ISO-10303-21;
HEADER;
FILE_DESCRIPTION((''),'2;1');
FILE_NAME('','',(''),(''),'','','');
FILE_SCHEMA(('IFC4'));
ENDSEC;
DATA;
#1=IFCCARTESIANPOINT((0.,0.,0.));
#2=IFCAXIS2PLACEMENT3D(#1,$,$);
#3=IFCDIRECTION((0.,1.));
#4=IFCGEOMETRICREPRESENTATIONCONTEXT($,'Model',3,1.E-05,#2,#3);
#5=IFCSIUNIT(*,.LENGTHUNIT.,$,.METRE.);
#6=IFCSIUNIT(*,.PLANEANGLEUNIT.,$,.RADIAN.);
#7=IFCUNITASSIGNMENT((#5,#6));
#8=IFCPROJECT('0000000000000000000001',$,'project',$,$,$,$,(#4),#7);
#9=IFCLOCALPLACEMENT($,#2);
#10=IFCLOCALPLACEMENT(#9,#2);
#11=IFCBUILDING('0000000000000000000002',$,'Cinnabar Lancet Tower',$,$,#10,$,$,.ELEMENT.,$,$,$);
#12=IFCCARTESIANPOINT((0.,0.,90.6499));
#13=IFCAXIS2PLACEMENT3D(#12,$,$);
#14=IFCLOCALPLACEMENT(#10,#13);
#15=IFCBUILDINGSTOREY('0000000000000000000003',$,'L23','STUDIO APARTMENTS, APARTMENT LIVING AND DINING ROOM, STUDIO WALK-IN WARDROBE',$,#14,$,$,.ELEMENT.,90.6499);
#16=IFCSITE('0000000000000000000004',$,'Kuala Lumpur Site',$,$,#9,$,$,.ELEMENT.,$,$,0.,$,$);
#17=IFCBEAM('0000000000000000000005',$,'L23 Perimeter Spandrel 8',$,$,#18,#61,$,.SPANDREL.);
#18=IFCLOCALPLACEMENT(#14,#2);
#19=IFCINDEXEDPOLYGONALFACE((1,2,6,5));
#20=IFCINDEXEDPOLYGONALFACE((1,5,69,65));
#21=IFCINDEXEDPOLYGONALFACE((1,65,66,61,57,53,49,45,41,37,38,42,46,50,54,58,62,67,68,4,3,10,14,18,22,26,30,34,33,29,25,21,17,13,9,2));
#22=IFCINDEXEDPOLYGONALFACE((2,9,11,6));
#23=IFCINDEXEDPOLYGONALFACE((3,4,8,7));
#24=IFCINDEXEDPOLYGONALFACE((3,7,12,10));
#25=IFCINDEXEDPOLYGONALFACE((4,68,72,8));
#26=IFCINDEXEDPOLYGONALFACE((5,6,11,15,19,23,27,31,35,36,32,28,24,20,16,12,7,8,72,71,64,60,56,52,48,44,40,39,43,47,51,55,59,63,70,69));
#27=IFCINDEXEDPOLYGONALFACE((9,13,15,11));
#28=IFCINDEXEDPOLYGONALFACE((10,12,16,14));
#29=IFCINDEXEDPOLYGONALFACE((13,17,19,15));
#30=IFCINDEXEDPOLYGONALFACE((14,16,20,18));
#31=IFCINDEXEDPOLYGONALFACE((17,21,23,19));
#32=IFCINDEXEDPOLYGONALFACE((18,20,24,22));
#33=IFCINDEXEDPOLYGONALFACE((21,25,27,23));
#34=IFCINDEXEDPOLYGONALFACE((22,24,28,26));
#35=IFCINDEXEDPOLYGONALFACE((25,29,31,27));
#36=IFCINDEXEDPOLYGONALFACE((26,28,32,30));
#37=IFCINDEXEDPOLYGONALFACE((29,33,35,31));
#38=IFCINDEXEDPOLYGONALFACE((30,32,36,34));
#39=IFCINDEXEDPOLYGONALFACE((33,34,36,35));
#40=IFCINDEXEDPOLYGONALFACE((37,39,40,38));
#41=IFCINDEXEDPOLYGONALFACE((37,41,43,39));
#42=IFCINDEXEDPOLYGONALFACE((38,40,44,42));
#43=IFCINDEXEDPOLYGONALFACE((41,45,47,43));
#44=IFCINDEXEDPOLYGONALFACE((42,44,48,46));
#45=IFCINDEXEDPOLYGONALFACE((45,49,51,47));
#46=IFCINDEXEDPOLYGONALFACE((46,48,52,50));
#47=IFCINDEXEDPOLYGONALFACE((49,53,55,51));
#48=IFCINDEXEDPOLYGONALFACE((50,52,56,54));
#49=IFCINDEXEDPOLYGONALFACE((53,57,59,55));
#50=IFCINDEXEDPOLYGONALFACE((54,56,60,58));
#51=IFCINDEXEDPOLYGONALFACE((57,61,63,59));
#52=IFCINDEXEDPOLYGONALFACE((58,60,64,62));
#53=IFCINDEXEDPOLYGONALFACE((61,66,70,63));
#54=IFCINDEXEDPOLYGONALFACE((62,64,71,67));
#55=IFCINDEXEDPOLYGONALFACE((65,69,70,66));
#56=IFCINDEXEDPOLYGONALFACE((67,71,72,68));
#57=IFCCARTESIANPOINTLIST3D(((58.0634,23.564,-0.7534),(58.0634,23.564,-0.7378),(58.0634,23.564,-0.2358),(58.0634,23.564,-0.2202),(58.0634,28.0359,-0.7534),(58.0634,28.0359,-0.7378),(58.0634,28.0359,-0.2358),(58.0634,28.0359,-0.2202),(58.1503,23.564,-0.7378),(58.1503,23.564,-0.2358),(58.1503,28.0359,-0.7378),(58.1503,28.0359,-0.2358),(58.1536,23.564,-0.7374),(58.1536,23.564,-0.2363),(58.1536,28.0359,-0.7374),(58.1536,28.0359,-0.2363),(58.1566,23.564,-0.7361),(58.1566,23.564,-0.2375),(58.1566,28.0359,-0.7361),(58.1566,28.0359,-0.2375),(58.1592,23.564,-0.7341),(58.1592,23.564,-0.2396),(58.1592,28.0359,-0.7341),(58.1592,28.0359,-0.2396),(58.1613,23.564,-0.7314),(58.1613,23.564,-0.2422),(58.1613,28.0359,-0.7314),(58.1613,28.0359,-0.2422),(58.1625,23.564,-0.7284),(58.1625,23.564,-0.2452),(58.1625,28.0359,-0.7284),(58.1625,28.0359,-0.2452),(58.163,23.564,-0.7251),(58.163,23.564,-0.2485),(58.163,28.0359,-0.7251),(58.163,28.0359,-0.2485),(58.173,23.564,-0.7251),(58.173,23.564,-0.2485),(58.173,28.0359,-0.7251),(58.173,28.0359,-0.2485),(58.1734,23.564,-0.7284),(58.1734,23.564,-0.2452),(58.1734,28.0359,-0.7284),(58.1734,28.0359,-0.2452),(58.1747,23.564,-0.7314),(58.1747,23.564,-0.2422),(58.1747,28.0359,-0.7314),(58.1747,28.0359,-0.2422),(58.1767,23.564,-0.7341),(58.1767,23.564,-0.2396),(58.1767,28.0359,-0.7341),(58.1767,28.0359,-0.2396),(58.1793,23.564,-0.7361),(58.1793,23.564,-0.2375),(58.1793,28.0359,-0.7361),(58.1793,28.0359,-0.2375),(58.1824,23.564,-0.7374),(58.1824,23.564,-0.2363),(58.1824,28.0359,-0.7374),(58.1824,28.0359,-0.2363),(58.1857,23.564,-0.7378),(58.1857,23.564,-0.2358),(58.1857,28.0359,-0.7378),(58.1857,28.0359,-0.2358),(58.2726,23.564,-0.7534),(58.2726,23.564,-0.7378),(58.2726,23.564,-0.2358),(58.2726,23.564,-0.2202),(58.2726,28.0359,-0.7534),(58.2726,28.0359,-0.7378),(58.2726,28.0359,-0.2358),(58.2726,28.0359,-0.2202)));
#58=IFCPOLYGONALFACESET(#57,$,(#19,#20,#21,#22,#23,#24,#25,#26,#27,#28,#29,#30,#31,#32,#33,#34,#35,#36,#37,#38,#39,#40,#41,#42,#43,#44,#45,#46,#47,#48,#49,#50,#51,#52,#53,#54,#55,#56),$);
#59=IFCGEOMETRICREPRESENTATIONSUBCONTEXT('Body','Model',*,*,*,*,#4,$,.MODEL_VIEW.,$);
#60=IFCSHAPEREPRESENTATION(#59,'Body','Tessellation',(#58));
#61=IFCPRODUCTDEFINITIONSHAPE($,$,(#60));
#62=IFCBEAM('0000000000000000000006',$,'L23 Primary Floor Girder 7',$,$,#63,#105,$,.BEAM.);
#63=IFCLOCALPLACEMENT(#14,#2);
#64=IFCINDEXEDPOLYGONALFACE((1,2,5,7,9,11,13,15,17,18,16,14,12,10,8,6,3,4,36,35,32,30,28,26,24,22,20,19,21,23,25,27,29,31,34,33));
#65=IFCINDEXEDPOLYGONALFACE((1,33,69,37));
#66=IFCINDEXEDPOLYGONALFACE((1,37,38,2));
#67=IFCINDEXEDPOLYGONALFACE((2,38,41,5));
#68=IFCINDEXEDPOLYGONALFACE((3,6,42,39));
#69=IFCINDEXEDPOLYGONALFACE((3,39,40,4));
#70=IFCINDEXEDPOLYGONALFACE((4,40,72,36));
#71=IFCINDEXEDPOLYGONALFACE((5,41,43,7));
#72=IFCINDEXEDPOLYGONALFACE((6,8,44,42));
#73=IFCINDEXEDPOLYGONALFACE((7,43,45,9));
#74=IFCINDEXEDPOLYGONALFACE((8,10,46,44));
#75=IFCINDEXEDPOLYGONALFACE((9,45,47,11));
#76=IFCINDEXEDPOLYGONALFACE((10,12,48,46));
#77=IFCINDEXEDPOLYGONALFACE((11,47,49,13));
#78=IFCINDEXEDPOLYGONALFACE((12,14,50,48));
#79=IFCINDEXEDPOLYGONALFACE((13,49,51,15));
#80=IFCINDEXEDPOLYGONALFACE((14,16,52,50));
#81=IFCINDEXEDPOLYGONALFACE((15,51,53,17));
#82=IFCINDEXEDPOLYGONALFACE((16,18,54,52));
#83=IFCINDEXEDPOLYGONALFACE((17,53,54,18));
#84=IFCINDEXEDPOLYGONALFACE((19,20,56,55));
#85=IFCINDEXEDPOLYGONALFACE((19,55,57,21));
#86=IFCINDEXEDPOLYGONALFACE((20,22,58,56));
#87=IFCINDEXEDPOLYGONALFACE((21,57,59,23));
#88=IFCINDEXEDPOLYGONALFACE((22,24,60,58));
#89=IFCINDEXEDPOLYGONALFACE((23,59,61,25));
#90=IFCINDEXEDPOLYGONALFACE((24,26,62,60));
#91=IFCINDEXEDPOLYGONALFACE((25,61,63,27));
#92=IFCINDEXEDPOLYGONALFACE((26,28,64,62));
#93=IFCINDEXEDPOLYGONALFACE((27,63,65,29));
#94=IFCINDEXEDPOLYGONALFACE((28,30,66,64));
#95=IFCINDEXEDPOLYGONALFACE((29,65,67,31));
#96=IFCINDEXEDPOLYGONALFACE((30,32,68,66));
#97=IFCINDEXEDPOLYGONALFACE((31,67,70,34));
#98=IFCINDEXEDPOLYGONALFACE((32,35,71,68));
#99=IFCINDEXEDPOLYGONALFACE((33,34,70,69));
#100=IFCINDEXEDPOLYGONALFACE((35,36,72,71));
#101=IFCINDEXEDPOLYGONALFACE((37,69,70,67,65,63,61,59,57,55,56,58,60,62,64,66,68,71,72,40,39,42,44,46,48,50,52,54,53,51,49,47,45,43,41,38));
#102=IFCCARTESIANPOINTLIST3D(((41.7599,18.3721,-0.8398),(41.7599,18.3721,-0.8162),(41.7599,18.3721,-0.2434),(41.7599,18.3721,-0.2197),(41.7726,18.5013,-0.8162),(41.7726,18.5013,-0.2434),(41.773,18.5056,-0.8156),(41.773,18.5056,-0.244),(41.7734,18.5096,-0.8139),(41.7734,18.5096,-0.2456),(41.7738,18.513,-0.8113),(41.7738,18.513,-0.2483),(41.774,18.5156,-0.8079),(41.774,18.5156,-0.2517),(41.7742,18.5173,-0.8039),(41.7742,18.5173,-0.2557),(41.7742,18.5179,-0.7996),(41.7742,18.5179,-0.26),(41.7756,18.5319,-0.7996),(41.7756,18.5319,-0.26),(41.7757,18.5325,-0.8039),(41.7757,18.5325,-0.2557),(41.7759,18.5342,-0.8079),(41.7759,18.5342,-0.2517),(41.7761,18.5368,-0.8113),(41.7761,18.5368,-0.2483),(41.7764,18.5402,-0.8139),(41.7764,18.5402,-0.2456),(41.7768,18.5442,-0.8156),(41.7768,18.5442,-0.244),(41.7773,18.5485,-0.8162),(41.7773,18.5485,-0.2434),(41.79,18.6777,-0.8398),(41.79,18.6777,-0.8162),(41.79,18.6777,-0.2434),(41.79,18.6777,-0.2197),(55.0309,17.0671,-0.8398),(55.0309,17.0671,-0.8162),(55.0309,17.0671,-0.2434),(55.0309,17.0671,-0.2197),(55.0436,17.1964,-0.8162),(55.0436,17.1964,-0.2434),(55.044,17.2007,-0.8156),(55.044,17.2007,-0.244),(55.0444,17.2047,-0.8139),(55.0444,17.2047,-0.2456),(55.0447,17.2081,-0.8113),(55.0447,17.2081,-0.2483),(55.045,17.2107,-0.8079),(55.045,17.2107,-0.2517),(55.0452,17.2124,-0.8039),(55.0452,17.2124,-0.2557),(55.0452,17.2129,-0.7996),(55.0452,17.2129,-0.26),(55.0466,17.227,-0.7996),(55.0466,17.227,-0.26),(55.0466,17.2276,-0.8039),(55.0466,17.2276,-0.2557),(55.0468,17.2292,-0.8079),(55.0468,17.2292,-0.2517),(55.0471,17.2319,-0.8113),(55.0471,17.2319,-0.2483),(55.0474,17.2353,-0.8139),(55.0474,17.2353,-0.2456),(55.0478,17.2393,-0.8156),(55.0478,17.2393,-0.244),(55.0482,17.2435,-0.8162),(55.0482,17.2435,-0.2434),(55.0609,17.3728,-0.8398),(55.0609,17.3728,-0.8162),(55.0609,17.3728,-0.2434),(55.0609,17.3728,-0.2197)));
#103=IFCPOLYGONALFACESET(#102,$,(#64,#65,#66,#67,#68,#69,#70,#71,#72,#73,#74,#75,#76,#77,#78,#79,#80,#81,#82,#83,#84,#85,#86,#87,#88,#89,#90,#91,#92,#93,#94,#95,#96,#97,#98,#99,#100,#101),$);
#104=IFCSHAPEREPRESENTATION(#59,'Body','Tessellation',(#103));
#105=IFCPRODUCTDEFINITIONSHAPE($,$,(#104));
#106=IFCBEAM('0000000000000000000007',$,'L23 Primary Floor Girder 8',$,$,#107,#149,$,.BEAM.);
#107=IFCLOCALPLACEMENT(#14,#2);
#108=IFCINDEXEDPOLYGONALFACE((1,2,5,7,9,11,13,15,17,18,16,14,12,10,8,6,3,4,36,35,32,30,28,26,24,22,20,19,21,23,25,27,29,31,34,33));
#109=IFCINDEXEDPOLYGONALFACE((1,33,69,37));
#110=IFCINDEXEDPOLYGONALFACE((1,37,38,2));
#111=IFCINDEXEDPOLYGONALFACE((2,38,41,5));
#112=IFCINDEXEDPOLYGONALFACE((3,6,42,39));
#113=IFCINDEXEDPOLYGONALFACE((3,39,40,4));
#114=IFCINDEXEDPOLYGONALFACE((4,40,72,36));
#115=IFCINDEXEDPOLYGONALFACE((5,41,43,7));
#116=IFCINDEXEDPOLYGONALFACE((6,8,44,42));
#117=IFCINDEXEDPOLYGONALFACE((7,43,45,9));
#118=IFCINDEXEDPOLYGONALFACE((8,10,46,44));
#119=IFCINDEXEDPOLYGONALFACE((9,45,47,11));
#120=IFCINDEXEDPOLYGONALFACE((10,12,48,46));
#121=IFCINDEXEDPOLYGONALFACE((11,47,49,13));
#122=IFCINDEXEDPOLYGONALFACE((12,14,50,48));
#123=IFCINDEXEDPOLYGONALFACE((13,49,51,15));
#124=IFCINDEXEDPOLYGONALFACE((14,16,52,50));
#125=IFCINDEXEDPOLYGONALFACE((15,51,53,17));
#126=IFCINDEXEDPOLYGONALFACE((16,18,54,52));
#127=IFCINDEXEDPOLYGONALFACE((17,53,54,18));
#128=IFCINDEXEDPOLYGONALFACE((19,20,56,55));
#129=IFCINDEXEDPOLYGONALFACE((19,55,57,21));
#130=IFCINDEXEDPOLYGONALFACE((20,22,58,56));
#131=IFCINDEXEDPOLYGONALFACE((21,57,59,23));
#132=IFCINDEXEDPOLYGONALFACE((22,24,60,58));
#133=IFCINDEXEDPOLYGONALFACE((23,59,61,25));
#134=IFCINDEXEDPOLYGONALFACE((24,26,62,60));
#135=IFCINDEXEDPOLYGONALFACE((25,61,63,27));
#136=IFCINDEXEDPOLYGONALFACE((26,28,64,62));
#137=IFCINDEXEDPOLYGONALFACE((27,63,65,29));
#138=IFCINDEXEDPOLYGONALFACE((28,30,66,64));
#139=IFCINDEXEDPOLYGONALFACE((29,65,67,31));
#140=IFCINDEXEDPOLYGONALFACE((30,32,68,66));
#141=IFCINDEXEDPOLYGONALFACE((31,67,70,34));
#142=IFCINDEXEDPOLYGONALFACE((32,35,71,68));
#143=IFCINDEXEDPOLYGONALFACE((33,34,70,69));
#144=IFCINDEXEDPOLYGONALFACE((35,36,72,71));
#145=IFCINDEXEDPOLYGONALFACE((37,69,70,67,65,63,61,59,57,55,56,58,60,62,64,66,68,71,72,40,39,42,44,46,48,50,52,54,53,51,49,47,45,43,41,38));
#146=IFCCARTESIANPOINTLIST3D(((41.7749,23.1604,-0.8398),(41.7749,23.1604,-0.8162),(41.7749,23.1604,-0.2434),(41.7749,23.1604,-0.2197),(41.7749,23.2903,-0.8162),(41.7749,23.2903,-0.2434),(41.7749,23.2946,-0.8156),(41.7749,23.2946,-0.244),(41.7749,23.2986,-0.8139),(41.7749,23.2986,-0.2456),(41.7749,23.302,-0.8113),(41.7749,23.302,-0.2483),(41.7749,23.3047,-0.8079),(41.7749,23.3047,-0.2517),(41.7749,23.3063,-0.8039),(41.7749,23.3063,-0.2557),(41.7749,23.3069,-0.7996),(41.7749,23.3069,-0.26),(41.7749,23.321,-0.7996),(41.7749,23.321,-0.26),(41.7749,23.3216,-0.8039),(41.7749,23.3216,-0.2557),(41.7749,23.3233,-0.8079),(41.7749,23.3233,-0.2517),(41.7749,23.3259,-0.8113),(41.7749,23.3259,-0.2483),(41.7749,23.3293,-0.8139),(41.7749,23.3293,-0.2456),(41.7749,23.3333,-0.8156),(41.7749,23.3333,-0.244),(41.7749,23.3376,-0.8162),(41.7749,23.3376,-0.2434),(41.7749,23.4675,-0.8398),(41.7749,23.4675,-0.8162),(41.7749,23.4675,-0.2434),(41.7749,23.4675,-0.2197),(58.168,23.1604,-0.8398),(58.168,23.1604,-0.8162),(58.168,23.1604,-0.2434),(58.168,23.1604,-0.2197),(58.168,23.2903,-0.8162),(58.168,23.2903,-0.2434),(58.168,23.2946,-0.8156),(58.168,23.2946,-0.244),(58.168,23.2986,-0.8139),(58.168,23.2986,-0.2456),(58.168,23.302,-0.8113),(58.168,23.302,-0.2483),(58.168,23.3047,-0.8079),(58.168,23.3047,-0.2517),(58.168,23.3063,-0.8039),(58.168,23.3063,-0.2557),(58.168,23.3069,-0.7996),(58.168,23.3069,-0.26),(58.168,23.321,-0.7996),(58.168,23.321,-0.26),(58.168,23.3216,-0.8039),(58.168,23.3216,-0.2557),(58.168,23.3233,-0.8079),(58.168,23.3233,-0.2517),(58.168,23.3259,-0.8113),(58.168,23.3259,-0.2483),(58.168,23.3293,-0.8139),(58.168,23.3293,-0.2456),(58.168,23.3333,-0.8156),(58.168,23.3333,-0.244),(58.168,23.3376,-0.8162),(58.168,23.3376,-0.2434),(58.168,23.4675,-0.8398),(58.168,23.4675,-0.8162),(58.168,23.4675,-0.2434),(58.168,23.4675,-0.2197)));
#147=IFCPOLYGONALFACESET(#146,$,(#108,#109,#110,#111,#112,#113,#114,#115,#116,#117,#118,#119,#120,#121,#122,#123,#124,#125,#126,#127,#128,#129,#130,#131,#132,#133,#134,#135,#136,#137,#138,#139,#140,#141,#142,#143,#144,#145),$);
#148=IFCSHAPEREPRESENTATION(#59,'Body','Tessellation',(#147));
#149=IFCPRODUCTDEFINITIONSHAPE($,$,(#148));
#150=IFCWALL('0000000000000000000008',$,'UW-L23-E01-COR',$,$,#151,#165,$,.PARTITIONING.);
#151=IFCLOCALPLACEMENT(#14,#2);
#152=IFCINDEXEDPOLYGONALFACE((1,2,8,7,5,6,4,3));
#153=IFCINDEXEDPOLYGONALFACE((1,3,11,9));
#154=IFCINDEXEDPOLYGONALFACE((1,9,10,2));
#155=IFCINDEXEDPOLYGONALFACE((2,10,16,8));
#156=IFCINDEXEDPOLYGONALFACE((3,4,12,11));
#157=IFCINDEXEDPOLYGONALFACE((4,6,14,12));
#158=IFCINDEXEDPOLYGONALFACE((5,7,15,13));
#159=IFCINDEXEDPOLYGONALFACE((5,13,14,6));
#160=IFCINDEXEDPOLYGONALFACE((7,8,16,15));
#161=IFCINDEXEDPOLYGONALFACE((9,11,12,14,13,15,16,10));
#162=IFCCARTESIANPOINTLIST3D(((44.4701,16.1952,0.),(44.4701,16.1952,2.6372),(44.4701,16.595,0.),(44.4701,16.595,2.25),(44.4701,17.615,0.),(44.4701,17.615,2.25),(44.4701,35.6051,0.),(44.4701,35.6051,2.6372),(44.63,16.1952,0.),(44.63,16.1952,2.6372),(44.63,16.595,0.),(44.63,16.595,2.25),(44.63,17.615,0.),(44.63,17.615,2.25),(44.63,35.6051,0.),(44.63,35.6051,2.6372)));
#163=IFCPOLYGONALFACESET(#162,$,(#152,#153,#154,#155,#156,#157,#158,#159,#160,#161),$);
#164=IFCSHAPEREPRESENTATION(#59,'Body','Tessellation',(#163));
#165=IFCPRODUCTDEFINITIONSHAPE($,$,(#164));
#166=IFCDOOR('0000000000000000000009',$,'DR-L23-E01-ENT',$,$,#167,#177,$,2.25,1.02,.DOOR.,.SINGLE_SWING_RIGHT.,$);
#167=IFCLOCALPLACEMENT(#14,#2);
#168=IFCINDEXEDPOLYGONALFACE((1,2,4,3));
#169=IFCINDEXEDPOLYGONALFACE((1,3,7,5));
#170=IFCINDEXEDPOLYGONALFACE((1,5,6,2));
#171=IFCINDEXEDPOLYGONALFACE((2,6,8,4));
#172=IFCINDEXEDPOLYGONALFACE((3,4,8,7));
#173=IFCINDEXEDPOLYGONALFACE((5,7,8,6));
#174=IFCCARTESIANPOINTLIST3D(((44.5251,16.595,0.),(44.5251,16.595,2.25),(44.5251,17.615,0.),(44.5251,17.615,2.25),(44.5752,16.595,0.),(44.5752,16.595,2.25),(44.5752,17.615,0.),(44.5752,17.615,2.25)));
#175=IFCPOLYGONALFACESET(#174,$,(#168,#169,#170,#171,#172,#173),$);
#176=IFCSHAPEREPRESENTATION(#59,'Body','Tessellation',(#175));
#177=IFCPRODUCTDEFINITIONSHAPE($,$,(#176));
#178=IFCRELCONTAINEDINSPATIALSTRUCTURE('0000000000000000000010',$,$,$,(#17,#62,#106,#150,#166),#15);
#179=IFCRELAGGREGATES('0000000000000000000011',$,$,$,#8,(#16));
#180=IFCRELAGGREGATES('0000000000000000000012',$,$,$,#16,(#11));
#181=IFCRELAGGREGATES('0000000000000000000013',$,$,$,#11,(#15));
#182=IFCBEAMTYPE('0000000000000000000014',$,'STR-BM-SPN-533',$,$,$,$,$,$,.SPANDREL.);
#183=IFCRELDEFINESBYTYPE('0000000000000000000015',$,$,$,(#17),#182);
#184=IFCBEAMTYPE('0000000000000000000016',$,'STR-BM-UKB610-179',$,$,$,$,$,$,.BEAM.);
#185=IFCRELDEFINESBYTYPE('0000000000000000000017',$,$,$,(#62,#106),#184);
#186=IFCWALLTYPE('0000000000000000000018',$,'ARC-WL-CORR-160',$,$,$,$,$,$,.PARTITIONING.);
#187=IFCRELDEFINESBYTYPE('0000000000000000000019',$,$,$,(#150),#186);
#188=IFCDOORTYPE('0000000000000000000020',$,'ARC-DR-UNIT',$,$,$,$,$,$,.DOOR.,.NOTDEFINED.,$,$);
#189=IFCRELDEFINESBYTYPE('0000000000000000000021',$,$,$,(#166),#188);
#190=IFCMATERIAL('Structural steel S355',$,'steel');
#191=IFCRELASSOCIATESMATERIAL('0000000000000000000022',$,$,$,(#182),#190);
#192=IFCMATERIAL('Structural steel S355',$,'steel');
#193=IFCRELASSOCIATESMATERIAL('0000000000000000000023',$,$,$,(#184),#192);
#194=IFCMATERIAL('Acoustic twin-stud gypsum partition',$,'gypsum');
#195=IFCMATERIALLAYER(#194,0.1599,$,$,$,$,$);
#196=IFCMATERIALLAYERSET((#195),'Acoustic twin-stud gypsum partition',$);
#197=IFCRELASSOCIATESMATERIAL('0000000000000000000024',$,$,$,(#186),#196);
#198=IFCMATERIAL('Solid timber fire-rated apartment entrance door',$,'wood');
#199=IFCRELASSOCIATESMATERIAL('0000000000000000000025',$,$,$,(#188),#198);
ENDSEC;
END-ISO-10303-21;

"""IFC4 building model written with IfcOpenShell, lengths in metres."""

from ifc_helpers import new_model, si_unit, direction, frame, frame_2d, origin, origin_2d, place, context, subcontext, project, spatial, rectangle, i_section, extrude, material, layer, layer_set, material_profile, profile_set, type_object, element, fill, save


model = new_model("IFC4")

# Units and contexts
model_context = context("Model", 3, precision=1e-05, world=origin(), true_north=direction((0.0, 1.0)))
body_context = subcontext(model_context, "Body", "Model", "MODEL_VIEW")
ifc_project = project(units=[si_unit("LENGTHUNIT", "METRE"), si_unit("PLANEANGLEUNIT", "RADIAN")], contexts=[model_context])

# Site, building, storey
site_placement = place(None, origin())
site = spatial("IfcSite", under=ifc_project, at=site_placement, Name="Kuala Lumpur Site", CompositionType="ELEMENT", RefElevation=0.0)
building_placement = place(site_placement, origin())
building = spatial("IfcBuilding", under=site, at=building_placement, Name="Cinnabar Lancet Tower", CompositionType="ELEMENT")
storey_placement = place(building_placement, frame((0.0, 0.0, 90.6499)))
storey = spatial("IfcBuildingStorey", under=building, at=storey_placement, Name="L23", Description="STUDIO APARTMENTS, APARTMENT LIVING AND DINING ROOM, STUDIO WALK-IN WARDROBE", CompositionType="ELEMENT", Elevation=90.6499)

# Beams
ifc_material_1 = material(Name="Structural steel S355", Category="steel")
ifc_material_profile_1 = material_profile(ifc_material_1, i_section(OverallWidth=0.2092, OverallDepth=0.5332, WebThickness=0.01, FlangeThickness=0.0156, FilletRadius=0.0127, at=origin_2d()), Name="UKB 533x210x92")
ifc_profile_set_1 = profile_set([ifc_material_profile_1], Name="Structural steel S355")
beam_type_1 = type_object("IfcBeamType", Name="STR-BM-SPN-533", PredefinedType="SPANDREL", material=ifc_profile_set_1)
beam_1_placement = place(storey_placement, frame((58.168, 23.564, -0.4868), z_axis=(0.0, 1.0, 0.0), x_axis=(-1.0, 0.0, 0.0)))
element("IfcBeam", 1, at=beam_1_placement, inside=storey, type_object=beam_type_1, Name="L23 Perimeter Spandrel 8", PredefinedType="SPANDREL", context=body_context, shape_type="SweptSolid", body=[
    extrude(i_section(OverallWidth=0.2092, OverallDepth=0.5332, WebThickness=0.01, FlangeThickness=0.0156, FilletRadius=0.0127, at=origin_2d()), origin(), (0.0, 0.0, 1.0), 4.4719),
])
ifc_material_2 = material(Name="Structural steel S355", Category="steel")
ifc_material_profile_2 = material_profile(ifc_material_2, i_section(OverallWidth=0.3071, OverallDepth=0.6201, WebThickness=0.0142, FlangeThickness=0.0237, FilletRadius=0.0166, at=origin_2d()), Name="UKB 610x305x179")
ifc_profile_set_2 = profile_set([ifc_material_profile_2], Name="Structural steel S355")
beam_type_2 = type_object("IfcBeamType", Name="STR-BM-UKB610-179", PredefinedType="BEAM", material=ifc_profile_set_2)
beam_2_placement = place(storey_placement, frame((55.0459, 17.22, -0.5298), z_axis=(-0.9952, 0.097858, 0.0), x_axis=(-0.097858, -0.9952, 0.0)))
element("IfcBeam", 2, at=beam_2_placement, inside=storey, type_object=beam_type_2, Name="L23 Primary Floor Girder 7", PredefinedType="BEAM", context=body_context, shape_type="SweptSolid", body=[
    extrude(i_section(OverallWidth=0.3071, OverallDepth=0.6201, WebThickness=0.0142, FlangeThickness=0.0237, FilletRadius=0.0166, at=origin_2d()), origin(), (0.0, 0.0, 1.0), 13.335),
])
beam_3_placement = place(storey_placement, frame((58.168, 23.314, -0.5298), z_axis=(-1.0, 0.0, 0.0), x_axis=(0.0, -1.0, 0.0)))
element("IfcBeam", 3, at=beam_3_placement, inside=storey, type_object=beam_type_2, Name="L23 Primary Floor Girder 8", PredefinedType="BEAM", context=body_context, shape_type="SweptSolid", body=[
    extrude(i_section(OverallWidth=0.3071, OverallDepth=0.6201, WebThickness=0.0142, FlangeThickness=0.0237, FilletRadius=0.0166, at=origin_2d()), origin(), (0.0, 0.0, 1.0), 16.3931),
])

# Wall, opening, door
ifc_material_3 = material(Name="Acoustic twin-stud gypsum partition", Category="gypsum")
ifc_layer_1 = layer(ifc_material_3, 0.1599)
ifc_layer_set_1 = layer_set([ifc_layer_1], Name="Acoustic twin-stud gypsum partition")
wall_type_1 = type_object("IfcWallType", Name="ARC-WL-CORR-160", PredefinedType="PARTITIONING", material=ifc_layer_set_1)
wall_1_placement = place(storey_placement, frame((44.55, 16.1951, 0.0), z_axis=(0.0, 0.0, 1.0), x_axis=(0.0, 1.0, 0.0)))
wall_1 = element("IfcWall", 4, at=wall_1_placement, inside=storey, type_object=wall_type_1, Name="UW-L23-E01-COR", PredefinedType="PARTITIONING", context=body_context, shape_type="SweptSolid", body=[
    extrude(rectangle(XDim=19.4099, YDim=0.1599, at=frame_2d((9.7051, 0.0))), origin(), (0.0, 0.0, 1.0), 2.6372),
])
opening_1_placement = place(wall_1_placement, frame((0.3999, 0.0, 0.0)))
opening_1 = element("IfcOpeningElement", 5, at=opening_1_placement, cuts=wall_1, PredefinedType="OPENING", context=body_context, shape_type="SweptSolid", body=[
    extrude(rectangle(XDim=1.02, YDim=2.25, at=frame_2d((0.51, 1.125))), frame((0.0, 0.0898, 0.0), z_axis=(0.0, -1.0, 0.0), x_axis=(1.0, 0.0, 0.0)), (0.0, 0.0, 1.0), 0.1799),
])
ifc_material_4 = material(Name="Solid timber fire-rated apartment entrance door", Category="wood")
door_type_1 = type_object("IfcDoorType", Name="ARC-DR-UNIT", OperationType="NOTDEFINED", PredefinedType="DOOR", material=ifc_material_4)
door_1_placement = place(opening_1_placement, origin())
door_1 = element("IfcDoor", 6, at=door_1_placement, inside=storey, type_object=door_type_1, Name="DR-L23-E01-ENT", OperationType="SINGLE_SWING_RIGHT", OverallHeight=2.25, OverallWidth=1.02, PredefinedType="DOOR", context=body_context, shape_type="SweptSolid", body=[
    extrude(rectangle(XDim=1.02, YDim=2.25, at=frame_2d((0.51, 1.125))), frame((0.0, 0.0249, 0.0), z_axis=(0.0, -1.0, 0.0), x_axis=(1.0, 0.0, 0.0)), (0.0, 0.0, 1.0), 0.05),
])
fill(opening_1, door_1)

save(model, "model.ifc")
